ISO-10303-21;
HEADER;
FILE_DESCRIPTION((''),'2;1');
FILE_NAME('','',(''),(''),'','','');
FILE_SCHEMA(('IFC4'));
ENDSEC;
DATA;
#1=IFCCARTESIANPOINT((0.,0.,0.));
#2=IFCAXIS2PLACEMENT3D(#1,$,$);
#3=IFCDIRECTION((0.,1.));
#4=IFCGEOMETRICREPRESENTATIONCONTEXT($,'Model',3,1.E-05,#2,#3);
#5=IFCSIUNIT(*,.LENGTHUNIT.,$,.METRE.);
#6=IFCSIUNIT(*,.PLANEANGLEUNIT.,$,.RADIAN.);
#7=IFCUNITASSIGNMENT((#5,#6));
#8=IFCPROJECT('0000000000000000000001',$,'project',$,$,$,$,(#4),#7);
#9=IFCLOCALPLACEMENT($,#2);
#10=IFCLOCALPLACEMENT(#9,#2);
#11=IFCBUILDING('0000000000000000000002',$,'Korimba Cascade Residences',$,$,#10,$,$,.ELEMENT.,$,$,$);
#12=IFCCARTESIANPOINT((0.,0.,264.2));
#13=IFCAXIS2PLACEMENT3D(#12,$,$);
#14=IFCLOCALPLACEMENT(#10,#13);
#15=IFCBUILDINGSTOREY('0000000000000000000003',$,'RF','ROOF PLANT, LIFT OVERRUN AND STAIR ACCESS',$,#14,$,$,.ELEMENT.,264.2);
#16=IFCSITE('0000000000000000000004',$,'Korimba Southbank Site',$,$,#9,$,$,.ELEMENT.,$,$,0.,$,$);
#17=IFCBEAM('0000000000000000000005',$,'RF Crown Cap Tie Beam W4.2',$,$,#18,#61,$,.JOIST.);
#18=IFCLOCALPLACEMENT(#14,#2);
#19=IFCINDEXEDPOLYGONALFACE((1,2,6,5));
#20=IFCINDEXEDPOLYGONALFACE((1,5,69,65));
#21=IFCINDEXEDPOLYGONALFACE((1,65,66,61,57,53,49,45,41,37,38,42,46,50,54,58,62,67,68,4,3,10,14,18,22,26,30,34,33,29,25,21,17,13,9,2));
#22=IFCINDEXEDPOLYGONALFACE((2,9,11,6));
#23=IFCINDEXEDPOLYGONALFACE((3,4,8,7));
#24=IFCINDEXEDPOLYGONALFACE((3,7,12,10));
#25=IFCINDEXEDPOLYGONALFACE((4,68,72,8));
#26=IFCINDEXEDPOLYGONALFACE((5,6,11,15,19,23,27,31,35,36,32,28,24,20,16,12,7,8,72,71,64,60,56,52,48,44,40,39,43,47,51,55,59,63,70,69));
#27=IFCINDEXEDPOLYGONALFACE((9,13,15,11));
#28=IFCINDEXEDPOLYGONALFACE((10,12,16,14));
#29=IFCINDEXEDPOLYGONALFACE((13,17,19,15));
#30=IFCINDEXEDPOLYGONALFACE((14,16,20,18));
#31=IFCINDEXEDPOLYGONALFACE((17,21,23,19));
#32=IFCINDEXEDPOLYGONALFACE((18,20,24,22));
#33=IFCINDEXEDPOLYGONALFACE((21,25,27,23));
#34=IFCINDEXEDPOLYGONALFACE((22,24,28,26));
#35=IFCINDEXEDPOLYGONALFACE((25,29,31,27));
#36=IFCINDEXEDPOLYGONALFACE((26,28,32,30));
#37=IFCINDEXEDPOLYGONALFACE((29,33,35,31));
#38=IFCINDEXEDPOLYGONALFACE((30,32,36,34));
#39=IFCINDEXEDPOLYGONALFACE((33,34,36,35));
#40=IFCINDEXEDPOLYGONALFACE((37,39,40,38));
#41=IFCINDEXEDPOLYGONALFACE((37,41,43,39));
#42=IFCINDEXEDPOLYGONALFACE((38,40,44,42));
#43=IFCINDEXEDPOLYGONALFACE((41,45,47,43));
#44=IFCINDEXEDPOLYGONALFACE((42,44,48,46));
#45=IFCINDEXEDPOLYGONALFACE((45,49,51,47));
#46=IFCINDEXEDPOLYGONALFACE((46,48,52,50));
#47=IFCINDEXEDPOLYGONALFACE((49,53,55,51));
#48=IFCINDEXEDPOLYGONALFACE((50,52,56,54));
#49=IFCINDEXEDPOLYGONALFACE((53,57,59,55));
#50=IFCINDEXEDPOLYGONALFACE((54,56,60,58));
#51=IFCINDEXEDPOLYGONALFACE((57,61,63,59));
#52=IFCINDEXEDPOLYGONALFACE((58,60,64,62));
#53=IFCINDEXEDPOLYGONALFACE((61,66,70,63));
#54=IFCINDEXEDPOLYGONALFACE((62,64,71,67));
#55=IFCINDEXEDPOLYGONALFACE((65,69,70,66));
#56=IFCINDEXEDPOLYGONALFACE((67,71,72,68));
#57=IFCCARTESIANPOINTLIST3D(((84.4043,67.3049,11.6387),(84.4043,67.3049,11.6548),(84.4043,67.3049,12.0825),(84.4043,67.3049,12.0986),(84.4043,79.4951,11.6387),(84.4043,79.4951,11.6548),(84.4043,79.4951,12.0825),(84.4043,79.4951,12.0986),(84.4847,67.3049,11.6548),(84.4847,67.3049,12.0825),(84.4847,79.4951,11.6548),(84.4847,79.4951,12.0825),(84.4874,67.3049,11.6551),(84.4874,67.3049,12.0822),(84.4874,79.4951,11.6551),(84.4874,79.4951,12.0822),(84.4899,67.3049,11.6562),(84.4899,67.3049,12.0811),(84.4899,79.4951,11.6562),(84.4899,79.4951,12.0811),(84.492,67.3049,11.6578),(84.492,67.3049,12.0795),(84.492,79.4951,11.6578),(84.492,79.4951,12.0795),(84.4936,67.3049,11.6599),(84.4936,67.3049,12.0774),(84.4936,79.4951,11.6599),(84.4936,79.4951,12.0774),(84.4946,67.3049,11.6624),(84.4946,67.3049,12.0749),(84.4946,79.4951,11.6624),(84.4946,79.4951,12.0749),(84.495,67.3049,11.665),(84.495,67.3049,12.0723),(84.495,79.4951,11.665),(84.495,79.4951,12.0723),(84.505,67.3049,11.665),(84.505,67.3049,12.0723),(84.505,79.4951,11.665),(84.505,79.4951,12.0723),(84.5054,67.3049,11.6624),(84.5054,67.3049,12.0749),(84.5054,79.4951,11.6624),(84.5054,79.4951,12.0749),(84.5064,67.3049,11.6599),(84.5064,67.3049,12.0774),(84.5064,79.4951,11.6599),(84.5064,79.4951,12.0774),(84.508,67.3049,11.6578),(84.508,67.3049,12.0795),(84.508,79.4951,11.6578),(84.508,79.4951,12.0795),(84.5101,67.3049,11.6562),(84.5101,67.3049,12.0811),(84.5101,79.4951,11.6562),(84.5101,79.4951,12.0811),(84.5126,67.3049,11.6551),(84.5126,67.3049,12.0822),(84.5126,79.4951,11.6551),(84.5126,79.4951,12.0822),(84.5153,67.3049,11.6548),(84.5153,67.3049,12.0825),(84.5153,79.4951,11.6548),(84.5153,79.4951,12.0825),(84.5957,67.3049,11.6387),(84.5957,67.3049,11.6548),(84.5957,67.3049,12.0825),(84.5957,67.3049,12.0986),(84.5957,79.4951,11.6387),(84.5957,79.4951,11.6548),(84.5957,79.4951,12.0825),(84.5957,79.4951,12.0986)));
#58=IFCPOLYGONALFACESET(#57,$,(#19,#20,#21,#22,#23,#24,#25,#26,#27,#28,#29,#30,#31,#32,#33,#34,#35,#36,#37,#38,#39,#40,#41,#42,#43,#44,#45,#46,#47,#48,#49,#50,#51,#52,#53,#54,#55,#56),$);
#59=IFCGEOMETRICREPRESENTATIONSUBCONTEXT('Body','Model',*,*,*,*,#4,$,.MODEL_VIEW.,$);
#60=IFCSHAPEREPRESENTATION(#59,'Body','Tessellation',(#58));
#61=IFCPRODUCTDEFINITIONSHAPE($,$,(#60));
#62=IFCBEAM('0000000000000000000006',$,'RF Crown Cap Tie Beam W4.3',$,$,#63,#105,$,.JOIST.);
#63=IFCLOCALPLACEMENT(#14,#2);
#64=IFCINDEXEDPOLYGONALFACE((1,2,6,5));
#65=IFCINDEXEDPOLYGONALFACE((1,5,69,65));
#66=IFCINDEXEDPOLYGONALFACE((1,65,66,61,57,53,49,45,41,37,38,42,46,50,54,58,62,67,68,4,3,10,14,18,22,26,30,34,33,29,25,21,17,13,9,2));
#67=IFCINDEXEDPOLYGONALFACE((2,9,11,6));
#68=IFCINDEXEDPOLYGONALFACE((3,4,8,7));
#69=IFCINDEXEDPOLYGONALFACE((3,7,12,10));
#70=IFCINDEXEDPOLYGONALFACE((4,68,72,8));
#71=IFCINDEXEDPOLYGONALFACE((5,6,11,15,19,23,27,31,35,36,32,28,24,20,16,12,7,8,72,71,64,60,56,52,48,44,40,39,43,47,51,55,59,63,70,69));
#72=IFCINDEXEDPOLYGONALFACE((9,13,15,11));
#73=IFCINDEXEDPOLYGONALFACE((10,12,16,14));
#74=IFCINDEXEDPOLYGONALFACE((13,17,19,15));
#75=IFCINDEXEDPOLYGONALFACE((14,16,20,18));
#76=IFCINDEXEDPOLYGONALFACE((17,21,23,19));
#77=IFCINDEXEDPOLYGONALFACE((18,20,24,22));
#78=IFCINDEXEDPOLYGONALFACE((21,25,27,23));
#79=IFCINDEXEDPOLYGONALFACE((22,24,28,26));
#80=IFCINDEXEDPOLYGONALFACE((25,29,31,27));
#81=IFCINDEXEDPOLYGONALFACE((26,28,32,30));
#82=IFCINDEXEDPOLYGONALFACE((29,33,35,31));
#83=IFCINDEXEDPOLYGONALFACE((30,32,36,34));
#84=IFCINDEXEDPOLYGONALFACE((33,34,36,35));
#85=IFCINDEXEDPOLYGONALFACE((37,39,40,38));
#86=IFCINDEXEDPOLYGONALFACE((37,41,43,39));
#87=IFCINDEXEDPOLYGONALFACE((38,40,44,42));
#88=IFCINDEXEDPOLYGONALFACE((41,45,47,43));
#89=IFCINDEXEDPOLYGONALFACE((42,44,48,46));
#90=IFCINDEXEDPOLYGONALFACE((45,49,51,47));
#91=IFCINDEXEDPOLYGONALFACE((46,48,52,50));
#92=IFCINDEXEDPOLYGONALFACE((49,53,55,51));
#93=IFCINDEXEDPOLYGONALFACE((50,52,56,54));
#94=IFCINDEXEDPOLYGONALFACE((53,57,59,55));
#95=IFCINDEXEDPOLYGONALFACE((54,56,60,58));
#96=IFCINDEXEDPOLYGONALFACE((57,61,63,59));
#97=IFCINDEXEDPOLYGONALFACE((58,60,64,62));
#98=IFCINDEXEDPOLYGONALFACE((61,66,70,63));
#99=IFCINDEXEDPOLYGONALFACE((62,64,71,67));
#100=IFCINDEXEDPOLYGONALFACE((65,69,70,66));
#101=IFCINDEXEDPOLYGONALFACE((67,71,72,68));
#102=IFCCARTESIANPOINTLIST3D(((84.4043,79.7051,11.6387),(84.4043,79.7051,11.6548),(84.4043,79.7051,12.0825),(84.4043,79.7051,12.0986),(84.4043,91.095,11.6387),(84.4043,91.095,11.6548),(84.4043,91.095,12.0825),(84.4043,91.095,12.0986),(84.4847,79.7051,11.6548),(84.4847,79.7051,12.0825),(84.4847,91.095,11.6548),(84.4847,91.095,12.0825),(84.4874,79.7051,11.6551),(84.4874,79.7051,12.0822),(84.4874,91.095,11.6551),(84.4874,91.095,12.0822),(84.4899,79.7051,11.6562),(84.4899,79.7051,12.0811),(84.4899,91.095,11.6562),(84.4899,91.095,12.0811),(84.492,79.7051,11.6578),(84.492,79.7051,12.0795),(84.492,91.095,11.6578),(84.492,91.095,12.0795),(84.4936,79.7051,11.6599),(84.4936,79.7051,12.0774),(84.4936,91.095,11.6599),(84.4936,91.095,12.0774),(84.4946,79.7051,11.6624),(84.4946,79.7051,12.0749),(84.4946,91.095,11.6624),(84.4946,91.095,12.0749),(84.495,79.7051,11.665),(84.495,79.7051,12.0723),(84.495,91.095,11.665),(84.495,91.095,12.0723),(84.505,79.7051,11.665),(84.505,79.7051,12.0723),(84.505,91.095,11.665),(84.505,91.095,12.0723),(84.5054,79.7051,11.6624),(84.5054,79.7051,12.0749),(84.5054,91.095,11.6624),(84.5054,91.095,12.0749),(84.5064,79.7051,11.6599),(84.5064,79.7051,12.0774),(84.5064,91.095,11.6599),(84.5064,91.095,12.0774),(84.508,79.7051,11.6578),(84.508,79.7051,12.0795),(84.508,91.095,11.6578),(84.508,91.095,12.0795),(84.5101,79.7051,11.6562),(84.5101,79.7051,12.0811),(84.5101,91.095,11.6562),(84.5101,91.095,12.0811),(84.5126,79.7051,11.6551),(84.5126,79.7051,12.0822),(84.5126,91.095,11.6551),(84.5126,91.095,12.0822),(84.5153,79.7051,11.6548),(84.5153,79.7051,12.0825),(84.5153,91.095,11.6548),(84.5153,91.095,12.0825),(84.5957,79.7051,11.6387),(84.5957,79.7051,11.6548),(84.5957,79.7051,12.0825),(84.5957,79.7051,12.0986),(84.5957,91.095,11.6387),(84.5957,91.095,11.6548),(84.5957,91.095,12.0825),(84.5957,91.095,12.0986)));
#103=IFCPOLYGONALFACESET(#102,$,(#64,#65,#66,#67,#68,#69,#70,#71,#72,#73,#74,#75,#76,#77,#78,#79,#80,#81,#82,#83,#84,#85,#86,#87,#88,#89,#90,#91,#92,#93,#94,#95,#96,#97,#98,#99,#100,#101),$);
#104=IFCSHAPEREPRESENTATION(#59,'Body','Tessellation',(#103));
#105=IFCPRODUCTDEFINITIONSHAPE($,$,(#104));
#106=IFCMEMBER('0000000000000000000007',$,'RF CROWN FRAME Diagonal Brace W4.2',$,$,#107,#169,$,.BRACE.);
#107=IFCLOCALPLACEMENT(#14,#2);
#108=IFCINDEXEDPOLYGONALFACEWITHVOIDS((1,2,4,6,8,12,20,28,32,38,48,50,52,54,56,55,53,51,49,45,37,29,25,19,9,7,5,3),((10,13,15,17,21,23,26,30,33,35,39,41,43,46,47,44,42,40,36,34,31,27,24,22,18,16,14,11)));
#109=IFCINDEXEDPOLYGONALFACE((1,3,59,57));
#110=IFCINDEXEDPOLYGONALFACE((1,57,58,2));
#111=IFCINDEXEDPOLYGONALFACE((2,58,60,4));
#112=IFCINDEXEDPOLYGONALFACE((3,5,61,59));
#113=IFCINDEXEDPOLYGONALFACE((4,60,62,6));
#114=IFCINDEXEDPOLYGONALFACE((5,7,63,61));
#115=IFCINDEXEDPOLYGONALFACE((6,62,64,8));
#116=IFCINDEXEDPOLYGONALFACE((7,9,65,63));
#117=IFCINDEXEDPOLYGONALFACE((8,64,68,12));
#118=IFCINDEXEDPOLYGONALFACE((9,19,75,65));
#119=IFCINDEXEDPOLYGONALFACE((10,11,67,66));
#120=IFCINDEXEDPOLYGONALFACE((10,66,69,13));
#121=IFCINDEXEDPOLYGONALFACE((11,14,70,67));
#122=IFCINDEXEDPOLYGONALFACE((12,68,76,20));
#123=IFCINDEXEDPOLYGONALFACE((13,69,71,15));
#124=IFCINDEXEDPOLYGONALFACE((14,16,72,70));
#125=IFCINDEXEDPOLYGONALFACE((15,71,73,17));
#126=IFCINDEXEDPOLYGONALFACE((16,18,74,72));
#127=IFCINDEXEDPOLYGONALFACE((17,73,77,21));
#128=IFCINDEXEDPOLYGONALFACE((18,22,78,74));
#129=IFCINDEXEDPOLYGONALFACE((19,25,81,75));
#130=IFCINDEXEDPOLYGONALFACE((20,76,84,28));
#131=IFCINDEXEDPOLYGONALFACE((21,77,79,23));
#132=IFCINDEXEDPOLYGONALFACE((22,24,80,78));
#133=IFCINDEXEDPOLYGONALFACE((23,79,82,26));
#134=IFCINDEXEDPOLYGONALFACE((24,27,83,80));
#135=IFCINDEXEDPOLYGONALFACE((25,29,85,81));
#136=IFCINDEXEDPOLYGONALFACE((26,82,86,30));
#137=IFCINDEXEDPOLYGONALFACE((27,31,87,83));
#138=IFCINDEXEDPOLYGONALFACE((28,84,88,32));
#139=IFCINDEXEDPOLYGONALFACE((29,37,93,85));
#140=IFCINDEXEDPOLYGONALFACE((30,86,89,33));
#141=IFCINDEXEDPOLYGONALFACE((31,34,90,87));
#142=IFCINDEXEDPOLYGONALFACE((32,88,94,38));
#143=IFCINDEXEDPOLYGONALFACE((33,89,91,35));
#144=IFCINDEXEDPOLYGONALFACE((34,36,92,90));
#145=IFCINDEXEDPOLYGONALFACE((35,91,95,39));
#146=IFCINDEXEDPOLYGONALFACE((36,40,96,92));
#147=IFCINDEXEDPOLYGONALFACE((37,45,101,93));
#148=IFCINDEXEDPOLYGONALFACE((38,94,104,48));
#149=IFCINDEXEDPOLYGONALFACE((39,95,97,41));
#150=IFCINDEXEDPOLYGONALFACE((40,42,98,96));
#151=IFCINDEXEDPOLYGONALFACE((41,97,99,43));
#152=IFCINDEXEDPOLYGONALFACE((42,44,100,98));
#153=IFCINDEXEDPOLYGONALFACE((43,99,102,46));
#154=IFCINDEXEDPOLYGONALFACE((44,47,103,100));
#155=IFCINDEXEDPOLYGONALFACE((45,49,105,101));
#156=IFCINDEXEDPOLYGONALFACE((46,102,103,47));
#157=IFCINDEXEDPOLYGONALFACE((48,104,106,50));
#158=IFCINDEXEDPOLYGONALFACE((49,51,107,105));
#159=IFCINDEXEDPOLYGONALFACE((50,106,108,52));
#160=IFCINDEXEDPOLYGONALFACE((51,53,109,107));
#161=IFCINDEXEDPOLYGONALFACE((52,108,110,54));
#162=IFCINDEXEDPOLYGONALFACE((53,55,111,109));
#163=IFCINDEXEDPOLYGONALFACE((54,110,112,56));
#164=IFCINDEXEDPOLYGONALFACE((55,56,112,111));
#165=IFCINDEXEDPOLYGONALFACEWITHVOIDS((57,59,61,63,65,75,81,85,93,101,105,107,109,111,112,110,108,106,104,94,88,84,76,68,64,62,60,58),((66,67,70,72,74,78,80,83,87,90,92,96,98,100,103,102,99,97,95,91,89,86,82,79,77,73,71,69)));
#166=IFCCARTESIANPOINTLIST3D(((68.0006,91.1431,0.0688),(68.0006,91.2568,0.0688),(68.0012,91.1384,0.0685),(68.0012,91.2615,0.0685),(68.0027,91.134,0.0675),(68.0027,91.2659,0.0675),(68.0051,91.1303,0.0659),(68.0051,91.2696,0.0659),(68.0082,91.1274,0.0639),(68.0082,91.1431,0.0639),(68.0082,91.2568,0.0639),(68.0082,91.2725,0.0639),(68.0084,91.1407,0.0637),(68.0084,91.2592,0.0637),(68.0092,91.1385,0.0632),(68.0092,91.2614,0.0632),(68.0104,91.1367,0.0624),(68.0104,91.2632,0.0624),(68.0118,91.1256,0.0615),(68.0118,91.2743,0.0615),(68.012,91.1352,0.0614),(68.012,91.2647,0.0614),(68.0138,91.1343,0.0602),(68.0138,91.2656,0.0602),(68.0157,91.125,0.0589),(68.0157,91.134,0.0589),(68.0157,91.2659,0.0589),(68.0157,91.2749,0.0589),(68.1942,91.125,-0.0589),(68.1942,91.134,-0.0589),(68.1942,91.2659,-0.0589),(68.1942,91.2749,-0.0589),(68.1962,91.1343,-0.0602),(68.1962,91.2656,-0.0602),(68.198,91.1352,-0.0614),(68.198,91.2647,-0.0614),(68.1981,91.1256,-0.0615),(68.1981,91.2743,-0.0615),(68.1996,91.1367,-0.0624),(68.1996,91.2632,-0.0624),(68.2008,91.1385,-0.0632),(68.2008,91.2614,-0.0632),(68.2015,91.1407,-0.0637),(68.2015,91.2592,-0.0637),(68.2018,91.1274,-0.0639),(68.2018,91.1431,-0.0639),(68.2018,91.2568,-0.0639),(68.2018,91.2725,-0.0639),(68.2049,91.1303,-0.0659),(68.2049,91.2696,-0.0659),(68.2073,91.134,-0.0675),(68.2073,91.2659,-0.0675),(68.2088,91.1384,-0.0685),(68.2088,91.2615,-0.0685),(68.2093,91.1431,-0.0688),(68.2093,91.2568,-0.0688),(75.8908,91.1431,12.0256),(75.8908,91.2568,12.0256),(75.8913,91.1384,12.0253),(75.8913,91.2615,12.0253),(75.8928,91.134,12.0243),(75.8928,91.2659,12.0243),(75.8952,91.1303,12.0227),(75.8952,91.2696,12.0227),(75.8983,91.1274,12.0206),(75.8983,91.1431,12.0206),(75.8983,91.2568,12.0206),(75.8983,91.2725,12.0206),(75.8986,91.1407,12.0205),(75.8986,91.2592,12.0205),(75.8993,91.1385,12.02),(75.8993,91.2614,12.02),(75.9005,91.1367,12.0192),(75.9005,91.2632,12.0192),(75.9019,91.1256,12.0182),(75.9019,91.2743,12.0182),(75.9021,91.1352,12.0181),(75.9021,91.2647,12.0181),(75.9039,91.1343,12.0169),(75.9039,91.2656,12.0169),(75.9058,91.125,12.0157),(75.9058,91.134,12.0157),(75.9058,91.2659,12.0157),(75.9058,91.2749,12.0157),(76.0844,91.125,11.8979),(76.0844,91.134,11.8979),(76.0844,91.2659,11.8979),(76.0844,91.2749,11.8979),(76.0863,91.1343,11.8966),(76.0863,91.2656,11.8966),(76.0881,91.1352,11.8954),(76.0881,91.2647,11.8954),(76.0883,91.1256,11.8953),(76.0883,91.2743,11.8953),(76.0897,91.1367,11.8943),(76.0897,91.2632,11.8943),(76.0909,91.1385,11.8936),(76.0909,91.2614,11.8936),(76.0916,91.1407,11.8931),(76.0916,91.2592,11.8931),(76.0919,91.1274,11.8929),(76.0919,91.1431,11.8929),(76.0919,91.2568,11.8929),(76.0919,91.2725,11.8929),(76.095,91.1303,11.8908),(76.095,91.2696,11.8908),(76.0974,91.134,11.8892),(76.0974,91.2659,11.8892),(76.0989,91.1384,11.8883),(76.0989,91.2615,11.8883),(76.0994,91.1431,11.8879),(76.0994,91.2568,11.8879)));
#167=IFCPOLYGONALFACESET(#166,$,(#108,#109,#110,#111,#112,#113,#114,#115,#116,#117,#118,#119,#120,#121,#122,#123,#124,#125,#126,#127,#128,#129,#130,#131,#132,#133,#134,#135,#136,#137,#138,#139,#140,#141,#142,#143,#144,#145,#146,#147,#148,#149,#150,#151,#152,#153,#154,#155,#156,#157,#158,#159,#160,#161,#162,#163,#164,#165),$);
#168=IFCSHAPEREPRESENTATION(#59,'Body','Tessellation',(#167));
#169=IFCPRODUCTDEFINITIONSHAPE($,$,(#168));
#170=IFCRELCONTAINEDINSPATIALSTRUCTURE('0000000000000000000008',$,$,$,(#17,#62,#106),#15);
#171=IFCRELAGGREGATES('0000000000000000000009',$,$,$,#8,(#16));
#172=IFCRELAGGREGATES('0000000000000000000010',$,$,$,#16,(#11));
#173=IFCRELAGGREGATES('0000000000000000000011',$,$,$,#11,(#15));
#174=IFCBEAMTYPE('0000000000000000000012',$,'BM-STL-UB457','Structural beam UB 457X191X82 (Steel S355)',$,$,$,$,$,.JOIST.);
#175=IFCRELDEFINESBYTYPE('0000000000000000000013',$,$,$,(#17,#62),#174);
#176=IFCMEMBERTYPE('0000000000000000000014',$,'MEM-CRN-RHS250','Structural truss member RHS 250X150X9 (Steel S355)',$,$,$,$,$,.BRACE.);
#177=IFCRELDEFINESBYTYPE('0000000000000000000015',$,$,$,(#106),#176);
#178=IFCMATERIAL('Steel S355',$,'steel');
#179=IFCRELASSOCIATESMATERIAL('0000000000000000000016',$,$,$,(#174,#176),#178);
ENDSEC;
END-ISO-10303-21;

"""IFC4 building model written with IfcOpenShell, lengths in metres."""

from ifc_helpers import new_model, si_unit, direction, frame, origin, origin_2d, place, context, subcontext, project, spatial, hollow_rectangle, i_section, extrude, material, material_profile, profile_set, type_object, element, save


model = new_model("IFC4")

# Units and contexts
model_context = context("Model", 3, precision=1e-05, world=origin(), true_north=direction((0.0, 1.0)))
body_context = subcontext(model_context, "Body", "Model", "MODEL_VIEW")
ifc_project = project(units=[si_unit("LENGTHUNIT", "METRE"), si_unit("PLANEANGLEUNIT", "RADIAN")], contexts=[model_context])

# Site, building, storey
site_placement = place(None, origin())
site = spatial("IfcSite", under=ifc_project, at=site_placement, Name="Korimba Southbank Site", CompositionType="ELEMENT", RefElevation=0.0)
building_placement = place(site_placement, origin())
building = spatial("IfcBuilding", under=site, at=building_placement, Name="Korimba Cascade Residences", CompositionType="ELEMENT")
storey_placement = place(building_placement, frame((0.0, 0.0, 264.2)))
storey = spatial("IfcBuildingStorey", under=building, at=storey_placement, Name="RF", Description="ROOF PLANT, LIFT OVERRUN AND STAIR ACCESS", CompositionType="ELEMENT", Elevation=264.2)

# Shared definitions
ifc_material_1 = material(Name="Steel S355", Category="steel")

# Beams
ifc_material_profile_1 = material_profile(ifc_material_1, i_section(OverallWidth=0.1914, OverallDepth=0.46, WebThickness=0.01, FlangeThickness=0.0161, FilletRadius=0.0103, at=origin_2d()), Name="Steel S355")
ifc_profile_set_1 = profile_set([ifc_material_profile_1], Name="Steel S355")
beam_type_1 = type_object("IfcBeamType", Name="BM-STL-UB457", Description="Structural beam UB 457X191X82 (Steel S355)", PredefinedType="JOIST", material=ifc_profile_set_1)
beam_1_placement = place(storey_placement, frame((84.5, 67.3049, 11.8687), z_axis=(0.0, 1.0, 0.0), x_axis=(-1.0, 0.0, 0.0)))
element("IfcBeam", 1, at=beam_1_placement, inside=storey, type_object=beam_type_1, Name="RF Crown Cap Tie Beam W4.2", PredefinedType="JOIST", context=body_context, shape_type="SweptSolid", body=[
    extrude(i_section(OverallWidth=0.1914, OverallDepth=0.46, WebThickness=0.01, FlangeThickness=0.0161, FilletRadius=0.0103, at=origin_2d()), origin(), (0.0, 0.0, 1.0), 12.1902),
])
beam_2_placement = place(storey_placement, frame((84.5, 79.7051, 11.8687), z_axis=(0.0, 1.0, 0.0), x_axis=(-1.0, 0.0, 0.0)))
element("IfcBeam", 2, at=beam_2_placement, inside=storey, type_object=beam_type_1, Name="RF Crown Cap Tie Beam W4.3", PredefinedType="JOIST", context=body_context, shape_type="SweptSolid", body=[
    extrude(i_section(OverallWidth=0.1914, OverallDepth=0.46, WebThickness=0.01, FlangeThickness=0.0161, FilletRadius=0.0103, at=origin_2d()), origin(), (0.0, 0.0, 1.0), 11.3899),
])

# Member
ifc_material_profile_2 = material_profile(ifc_material_1, hollow_rectangle(XDim=0.1499, YDim=0.25, WallThickness=0.009, InnerFilletRadius=0.009, OuterFilletRadius=0.0181, at=origin_2d()), Name="Steel S355")
ifc_profile_set_2 = profile_set([ifc_material_profile_2], Name="Steel S355")
member_type_1 = type_object("IfcMemberType", Name="MEM-CRN-RHS250", Description="Structural truss member RHS 250X150X9 (Steel S355)", PredefinedType="BRACE", material=ifc_profile_set_2)
member_1_placement = place(storey_placement, frame((68.105, 91.2, 0.0), z_axis=(0.550777, 0.0, 0.834652), x_axis=(0.0, 1.0, 0.0)))
element("IfcMember", 3, at=member_1_placement, inside=storey, type_object=member_type_1, Name="RF CROWN FRAME Diagonal Brace W4.2", PredefinedType="BRACE", context=body_context, shape_type="SweptSolid", body=[
    extrude(hollow_rectangle(XDim=0.1499, YDim=0.25, WallThickness=0.009, InnerFilletRadius=0.009, OuterFilletRadius=0.0181, at=origin_2d()), origin(), (0.0, 0.0, 1.0), 14.3254),
])

save(model, "model.ifc")
